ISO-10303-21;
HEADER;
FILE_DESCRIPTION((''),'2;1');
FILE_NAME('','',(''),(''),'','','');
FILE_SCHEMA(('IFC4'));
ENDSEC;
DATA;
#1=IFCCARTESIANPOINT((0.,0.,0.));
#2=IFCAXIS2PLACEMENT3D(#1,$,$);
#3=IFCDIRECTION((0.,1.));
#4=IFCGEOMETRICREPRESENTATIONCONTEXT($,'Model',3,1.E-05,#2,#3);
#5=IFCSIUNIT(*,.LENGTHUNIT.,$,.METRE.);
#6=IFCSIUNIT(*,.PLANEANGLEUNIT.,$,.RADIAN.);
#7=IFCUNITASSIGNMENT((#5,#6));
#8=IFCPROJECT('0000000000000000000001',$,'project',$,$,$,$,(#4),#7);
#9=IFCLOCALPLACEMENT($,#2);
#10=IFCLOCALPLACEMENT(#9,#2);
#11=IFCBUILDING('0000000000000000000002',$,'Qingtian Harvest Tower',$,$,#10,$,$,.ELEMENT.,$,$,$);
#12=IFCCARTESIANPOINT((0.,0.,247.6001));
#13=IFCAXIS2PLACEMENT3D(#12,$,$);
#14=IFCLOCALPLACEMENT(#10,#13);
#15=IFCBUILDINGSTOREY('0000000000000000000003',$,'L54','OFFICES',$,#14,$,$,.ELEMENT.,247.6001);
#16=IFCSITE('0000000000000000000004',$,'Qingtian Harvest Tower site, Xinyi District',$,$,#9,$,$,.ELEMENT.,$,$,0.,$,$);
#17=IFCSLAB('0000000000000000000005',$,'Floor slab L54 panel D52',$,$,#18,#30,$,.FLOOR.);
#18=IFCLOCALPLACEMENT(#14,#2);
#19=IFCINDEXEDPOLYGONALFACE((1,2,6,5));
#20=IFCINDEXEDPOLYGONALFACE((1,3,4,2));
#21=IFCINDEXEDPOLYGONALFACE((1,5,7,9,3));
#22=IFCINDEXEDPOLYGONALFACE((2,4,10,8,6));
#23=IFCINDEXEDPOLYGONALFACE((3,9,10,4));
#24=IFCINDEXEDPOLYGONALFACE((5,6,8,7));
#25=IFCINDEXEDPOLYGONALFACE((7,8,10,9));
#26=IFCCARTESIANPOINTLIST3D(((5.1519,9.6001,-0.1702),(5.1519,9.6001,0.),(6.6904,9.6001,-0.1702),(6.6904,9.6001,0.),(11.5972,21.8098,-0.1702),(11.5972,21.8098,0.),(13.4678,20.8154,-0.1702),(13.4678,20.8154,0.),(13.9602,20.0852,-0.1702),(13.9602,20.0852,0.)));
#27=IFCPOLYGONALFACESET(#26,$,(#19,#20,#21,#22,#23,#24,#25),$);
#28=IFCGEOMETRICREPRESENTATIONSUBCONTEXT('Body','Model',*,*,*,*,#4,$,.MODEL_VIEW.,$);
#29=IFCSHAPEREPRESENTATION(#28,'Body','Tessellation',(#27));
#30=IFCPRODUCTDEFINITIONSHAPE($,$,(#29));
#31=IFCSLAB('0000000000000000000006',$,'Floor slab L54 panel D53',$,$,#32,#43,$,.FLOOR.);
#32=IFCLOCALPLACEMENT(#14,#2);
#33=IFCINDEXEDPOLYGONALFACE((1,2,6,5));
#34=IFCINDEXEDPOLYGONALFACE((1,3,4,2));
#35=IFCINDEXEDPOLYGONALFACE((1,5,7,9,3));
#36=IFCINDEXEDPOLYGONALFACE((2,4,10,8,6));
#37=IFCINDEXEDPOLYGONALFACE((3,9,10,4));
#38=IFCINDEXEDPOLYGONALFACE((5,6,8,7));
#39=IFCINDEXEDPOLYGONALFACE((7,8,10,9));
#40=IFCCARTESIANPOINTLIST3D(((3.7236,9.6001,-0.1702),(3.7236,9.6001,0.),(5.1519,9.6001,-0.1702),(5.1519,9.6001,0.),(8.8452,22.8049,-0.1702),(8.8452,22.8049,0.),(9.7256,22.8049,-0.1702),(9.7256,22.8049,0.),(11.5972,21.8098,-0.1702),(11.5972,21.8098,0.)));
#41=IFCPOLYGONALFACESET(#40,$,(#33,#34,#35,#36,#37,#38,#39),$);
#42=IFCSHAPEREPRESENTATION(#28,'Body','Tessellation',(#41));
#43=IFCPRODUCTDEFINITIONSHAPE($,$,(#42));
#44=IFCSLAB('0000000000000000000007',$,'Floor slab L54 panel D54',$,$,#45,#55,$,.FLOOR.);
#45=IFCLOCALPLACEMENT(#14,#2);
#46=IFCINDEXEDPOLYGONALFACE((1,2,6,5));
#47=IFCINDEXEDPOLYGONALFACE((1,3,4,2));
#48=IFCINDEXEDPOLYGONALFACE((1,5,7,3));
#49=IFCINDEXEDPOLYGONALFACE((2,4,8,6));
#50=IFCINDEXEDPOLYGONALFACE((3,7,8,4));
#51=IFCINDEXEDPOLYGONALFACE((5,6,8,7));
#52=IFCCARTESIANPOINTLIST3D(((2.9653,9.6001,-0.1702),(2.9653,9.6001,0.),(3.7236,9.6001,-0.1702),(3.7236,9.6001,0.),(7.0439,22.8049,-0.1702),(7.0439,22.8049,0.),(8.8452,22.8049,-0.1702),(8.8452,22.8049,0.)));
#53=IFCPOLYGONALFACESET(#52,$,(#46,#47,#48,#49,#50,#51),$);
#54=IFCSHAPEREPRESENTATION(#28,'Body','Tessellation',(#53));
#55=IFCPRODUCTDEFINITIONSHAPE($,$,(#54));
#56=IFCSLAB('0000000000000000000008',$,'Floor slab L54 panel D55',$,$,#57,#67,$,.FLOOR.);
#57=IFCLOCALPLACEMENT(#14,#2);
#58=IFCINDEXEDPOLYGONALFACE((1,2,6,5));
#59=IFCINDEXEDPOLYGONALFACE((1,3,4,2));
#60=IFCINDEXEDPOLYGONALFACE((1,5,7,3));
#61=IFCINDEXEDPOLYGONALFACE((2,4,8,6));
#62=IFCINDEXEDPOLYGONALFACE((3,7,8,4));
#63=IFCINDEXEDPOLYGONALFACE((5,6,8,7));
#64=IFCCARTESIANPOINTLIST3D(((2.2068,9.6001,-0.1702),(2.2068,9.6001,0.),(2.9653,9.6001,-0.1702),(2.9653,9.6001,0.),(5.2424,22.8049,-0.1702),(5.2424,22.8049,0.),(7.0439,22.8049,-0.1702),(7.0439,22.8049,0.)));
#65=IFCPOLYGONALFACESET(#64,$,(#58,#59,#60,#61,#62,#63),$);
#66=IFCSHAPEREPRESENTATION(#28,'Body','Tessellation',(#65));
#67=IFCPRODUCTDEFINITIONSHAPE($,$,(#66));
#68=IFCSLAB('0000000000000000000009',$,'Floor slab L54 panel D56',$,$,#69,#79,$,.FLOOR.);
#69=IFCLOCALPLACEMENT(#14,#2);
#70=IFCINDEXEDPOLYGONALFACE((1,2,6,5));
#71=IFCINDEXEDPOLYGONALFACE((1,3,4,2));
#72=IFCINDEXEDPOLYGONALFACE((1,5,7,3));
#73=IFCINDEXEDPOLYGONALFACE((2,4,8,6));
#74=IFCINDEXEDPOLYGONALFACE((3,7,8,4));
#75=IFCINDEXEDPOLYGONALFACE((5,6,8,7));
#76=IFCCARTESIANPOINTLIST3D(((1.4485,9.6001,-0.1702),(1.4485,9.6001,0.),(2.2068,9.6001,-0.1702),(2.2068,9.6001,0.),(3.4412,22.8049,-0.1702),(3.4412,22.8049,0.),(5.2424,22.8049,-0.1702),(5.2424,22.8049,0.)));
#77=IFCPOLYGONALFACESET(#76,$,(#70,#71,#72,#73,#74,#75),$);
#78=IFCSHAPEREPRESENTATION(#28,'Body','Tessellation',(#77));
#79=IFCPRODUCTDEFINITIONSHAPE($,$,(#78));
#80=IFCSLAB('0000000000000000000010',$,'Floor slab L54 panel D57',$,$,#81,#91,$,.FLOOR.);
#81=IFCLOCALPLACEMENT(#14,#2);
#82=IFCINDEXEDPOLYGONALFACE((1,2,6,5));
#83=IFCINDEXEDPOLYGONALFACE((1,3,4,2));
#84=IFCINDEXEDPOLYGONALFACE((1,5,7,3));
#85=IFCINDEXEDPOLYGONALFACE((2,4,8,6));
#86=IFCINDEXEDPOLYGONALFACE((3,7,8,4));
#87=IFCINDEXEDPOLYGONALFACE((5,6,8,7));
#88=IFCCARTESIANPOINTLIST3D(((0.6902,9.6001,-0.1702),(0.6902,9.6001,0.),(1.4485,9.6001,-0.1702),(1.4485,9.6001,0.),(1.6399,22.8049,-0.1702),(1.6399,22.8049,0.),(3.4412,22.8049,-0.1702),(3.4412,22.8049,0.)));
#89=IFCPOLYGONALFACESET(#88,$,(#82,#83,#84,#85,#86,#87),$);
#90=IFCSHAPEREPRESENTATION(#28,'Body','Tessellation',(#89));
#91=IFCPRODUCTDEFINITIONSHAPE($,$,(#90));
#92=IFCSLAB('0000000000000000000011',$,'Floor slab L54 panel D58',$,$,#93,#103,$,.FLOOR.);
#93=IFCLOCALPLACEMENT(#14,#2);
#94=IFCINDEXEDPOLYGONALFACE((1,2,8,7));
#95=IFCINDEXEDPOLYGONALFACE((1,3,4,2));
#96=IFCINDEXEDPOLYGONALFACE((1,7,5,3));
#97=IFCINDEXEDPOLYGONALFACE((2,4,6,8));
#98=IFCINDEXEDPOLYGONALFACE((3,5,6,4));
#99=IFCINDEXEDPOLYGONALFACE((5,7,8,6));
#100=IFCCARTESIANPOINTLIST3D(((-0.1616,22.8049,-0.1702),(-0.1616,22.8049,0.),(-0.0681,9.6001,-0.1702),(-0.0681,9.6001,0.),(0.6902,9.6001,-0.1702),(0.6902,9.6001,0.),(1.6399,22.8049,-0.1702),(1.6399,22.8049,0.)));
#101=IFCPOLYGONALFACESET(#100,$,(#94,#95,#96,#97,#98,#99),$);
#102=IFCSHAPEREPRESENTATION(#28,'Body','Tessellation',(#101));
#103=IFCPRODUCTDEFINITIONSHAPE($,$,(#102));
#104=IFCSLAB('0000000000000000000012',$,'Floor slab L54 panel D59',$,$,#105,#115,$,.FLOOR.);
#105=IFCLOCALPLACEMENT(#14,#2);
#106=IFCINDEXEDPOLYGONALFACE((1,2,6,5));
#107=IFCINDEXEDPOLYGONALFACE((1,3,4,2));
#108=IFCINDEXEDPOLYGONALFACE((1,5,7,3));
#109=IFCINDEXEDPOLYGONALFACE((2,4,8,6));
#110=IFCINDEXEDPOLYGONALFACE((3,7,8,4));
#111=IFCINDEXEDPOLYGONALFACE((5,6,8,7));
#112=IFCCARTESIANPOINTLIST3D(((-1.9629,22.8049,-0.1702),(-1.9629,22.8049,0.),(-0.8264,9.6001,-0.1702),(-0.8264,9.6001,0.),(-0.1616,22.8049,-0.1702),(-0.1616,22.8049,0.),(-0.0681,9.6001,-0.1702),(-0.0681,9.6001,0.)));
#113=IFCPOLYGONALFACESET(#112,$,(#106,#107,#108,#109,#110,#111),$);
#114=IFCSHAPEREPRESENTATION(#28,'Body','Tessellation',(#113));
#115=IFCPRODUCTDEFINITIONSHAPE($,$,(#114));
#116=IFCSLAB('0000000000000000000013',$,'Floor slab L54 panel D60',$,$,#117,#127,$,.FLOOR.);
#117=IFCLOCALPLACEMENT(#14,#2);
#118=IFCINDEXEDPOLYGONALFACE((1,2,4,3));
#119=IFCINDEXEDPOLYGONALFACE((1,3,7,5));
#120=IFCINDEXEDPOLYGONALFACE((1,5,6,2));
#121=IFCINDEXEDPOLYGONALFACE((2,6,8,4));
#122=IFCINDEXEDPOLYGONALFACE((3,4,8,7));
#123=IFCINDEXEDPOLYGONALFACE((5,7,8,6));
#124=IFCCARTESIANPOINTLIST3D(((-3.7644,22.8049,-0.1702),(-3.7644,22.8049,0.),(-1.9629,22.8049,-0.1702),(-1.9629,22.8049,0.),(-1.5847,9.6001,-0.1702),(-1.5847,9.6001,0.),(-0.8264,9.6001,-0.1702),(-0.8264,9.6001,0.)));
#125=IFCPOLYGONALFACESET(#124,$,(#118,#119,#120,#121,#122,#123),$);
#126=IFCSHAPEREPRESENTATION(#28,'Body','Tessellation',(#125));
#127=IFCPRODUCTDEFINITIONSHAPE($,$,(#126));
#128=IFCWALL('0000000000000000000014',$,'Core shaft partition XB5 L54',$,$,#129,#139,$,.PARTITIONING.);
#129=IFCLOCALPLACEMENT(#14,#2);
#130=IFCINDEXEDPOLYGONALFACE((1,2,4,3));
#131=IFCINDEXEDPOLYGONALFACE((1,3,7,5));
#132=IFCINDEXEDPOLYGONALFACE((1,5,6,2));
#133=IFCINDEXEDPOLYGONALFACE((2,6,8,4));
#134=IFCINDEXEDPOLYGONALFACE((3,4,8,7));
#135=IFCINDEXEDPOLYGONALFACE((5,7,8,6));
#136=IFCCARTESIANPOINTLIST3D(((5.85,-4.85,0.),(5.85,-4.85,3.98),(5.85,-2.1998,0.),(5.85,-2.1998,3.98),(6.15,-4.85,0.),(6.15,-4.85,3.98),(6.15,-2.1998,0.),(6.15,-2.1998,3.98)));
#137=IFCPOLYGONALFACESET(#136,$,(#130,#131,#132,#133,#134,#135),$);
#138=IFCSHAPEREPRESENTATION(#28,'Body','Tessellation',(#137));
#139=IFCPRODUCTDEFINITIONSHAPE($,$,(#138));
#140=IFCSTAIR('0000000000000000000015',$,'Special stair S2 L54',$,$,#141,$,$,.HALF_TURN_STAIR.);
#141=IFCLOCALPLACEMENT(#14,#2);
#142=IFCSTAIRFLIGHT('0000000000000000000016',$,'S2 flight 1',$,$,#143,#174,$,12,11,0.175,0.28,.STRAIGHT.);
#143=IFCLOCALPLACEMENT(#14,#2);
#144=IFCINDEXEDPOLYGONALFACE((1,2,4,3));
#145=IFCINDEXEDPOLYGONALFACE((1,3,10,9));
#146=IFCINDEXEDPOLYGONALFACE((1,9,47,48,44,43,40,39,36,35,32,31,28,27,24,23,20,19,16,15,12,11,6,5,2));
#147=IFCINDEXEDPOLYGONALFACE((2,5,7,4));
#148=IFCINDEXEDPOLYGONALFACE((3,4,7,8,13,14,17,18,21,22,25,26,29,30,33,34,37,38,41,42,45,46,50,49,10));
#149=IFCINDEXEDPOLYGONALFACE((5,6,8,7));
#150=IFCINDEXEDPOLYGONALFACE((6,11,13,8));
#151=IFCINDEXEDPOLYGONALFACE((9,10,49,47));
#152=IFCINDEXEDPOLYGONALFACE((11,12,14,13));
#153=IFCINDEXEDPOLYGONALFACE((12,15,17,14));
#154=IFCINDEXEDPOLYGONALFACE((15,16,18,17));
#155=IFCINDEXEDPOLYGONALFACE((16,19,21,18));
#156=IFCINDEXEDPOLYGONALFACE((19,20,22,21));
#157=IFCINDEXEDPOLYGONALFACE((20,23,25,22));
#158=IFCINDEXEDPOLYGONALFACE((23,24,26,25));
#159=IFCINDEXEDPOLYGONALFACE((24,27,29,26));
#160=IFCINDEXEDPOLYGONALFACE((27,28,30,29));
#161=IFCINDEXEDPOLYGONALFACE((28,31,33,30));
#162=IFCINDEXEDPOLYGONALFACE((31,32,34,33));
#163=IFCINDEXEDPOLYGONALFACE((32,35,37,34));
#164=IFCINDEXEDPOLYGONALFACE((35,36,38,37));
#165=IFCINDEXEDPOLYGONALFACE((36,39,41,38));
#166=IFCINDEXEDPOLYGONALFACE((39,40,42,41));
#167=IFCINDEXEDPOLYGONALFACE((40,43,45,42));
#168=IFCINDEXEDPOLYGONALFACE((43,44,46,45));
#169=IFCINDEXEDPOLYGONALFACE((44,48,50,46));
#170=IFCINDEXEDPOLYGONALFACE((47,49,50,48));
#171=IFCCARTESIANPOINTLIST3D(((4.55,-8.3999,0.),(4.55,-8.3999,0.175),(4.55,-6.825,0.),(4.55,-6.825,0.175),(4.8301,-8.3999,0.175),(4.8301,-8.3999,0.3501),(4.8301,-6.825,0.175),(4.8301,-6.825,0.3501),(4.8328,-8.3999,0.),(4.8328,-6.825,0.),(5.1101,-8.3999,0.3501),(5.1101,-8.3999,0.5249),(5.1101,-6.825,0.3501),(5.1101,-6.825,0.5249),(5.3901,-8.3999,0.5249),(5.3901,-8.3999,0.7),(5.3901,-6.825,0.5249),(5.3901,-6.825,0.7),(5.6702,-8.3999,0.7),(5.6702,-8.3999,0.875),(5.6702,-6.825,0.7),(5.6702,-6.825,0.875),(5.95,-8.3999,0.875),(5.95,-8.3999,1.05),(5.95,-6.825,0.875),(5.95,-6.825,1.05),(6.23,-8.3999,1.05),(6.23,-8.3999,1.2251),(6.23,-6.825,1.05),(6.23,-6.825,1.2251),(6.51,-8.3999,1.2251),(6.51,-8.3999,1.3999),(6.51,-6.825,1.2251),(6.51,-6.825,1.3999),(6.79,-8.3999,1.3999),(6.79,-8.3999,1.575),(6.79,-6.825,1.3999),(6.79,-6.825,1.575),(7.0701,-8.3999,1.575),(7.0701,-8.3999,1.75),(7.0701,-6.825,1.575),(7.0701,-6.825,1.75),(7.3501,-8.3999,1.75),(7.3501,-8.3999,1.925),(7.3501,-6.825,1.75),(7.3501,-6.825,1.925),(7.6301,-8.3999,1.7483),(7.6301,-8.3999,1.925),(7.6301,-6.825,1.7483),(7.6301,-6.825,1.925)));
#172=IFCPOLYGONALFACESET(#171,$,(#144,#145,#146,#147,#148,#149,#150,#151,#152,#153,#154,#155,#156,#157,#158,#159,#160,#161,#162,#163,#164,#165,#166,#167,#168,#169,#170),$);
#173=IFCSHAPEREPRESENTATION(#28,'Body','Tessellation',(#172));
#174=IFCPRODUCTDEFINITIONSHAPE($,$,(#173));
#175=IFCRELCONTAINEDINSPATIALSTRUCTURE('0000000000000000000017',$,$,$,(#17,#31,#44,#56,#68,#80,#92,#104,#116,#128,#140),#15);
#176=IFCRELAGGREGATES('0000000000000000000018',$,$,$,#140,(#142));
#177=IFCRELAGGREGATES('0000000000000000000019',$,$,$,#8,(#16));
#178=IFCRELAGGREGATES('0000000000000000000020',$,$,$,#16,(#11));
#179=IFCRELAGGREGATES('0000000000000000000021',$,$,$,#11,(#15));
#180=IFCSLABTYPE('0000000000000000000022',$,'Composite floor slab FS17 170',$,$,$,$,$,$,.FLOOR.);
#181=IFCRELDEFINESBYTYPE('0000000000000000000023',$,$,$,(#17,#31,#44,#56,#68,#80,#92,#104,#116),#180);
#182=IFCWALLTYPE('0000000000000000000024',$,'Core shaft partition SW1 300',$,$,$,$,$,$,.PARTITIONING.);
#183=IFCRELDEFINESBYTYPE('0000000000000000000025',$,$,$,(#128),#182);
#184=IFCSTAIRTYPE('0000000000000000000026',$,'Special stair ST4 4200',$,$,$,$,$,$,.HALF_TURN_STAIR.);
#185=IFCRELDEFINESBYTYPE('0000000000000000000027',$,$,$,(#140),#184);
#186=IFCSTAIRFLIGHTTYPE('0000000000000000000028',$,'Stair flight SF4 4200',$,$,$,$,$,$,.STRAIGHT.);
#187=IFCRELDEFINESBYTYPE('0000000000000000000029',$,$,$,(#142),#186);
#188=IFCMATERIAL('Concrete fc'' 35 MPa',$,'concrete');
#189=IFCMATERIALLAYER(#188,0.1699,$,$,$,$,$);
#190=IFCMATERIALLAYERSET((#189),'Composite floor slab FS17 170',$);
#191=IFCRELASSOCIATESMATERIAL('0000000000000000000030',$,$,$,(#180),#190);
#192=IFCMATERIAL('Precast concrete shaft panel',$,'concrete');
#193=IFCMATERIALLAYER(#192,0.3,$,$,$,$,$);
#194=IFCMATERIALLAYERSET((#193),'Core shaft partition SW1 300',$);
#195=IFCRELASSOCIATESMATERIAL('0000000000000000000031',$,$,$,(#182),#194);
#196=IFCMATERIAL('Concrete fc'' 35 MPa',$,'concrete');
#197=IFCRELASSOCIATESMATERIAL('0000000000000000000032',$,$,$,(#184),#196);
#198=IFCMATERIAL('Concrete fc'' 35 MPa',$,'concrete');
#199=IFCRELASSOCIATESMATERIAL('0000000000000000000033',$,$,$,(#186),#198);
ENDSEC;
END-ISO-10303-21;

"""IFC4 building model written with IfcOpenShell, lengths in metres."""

from ifc_helpers import new_model, si_unit, direction, frame, frame_2d, origin, place, context, subcontext, project, spatial, polyline, rectangle, outline, extrude, material, layer, layer_set, type_object, element, aggregate, save


model = new_model("IFC4")

# Units and contexts
model_context = context("Model", 3, precision=1e-05, world=origin(), true_north=direction((0.0, 1.0)))
body_context = subcontext(model_context, "Body", "Model", "MODEL_VIEW")
ifc_project = project(units=[si_unit("LENGTHUNIT", "METRE"), si_unit("PLANEANGLEUNIT", "RADIAN")], contexts=[model_context])

# Site, building, storey
site_placement = place(None, origin())
site = spatial("IfcSite", under=ifc_project, at=site_placement, Name="Qingtian Harvest Tower site, Xinyi District", CompositionType="ELEMENT", RefElevation=0.0)
building_placement = place(site_placement, origin())
building = spatial("IfcBuilding", under=site, at=building_placement, Name="Qingtian Harvest Tower", CompositionType="ELEMENT")
storey_placement = place(building_placement, frame((0.0, 0.0, 247.6001)))
storey = spatial("IfcBuildingStorey", under=building, at=storey_placement, Name="L54", Description="OFFICES", CompositionType="ELEMENT", Elevation=247.6001)

# Slabs
ifc_material_1 = material(Name="Concrete fc' 35 MPa", Category="concrete")
ifc_layer_1 = layer(ifc_material_1, 0.1699)
ifc_layer_set_1 = layer_set([ifc_layer_1], Name="Composite floor slab FS17 170")
slab_type = type_object("IfcSlabType", Name="Composite floor slab FS17 170", PredefinedType="FLOOR", material=ifc_layer_set_1)
slab_1_placement = place(storey_placement, frame((0.0, 0.0, -0.1702)))
element("IfcSlab", 1, at=slab_1_placement, inside=storey, type_object=slab_type, Name="Floor slab L54 panel D52", PredefinedType="FLOOR", context=body_context, shape_type="SweptSolid", body=[
    extrude(outline(polyline([(6.6904, 9.6001), (5.1519, 9.6001), (11.5972, 21.8098), (13.4678, 20.8154), (13.9602, 20.0852), (6.6904, 9.6001)])), origin(), (0.0, 0.0, 1.0), 0.1702),
])
slab_2_placement = place(storey_placement, frame((0.0, 0.0, -0.1702)))
element("IfcSlab", 2, at=slab_2_placement, inside=storey, type_object=slab_type, Name="Floor slab L54 panel D53", PredefinedType="FLOOR", context=body_context, shape_type="SweptSolid", body=[
    extrude(outline(polyline([(3.7236, 9.6001), (8.8452, 22.8049), (9.7256, 22.8049), (11.5972, 21.8098), (5.1519, 9.6001), (3.7236, 9.6001)])), origin(), (0.0, 0.0, 1.0), 0.1702),
])
slab_3_placement = place(storey_placement, frame((0.0, 0.0, -0.1702)))
element("IfcSlab", 3, at=slab_3_placement, inside=storey, type_object=slab_type, Name="Floor slab L54 panel D54", PredefinedType="FLOOR", context=body_context, shape_type="SweptSolid", body=[
    extrude(outline(polyline([(2.9653, 9.6001), (7.0439, 22.8049), (8.8452, 22.8049), (3.7236, 9.6001), (2.9653, 9.6001)])), origin(), (0.0, 0.0, 1.0), 0.1702),
])
slab_4_placement = place(storey_placement, frame((0.0, 0.0, -0.1702)))
element("IfcSlab", 4, at=slab_4_placement, inside=storey, type_object=slab_type, Name="Floor slab L54 panel D55", PredefinedType="FLOOR", context=body_context, shape_type="SweptSolid", body=[
    extrude(outline(polyline([(2.2068, 9.6001), (5.2424, 22.8049), (7.0439, 22.8049), (2.9653, 9.6001), (2.2068, 9.6001)])), origin(), (0.0, 0.0, 1.0), 0.1702),
])
slab_5_placement = place(storey_placement, frame((0.0, 0.0, -0.1702)))
element("IfcSlab", 5, at=slab_5_placement, inside=storey, type_object=slab_type, Name="Floor slab L54 panel D56", PredefinedType="FLOOR", context=body_context, shape_type="SweptSolid", body=[
    extrude(outline(polyline([(1.4485, 9.6001), (3.4412, 22.8049), (5.2424, 22.8049), (2.2068, 9.6001), (1.4485, 9.6001)])), origin(), (0.0, 0.0, 1.0), 0.1702),
])
slab_6_placement = place(storey_placement, frame((0.0, 0.0, -0.1702)))
element("IfcSlab", 6, at=slab_6_placement, inside=storey, type_object=slab_type, Name="Floor slab L54 panel D57", PredefinedType="FLOOR", context=body_context, shape_type="SweptSolid", body=[
    extrude(outline(polyline([(0.6902, 9.6001), (1.6399, 22.8049), (3.4412, 22.8049), (1.4485, 9.6001), (0.6902, 9.6001)])), origin(), (0.0, 0.0, 1.0), 0.1702),
])
slab_7_placement = place(storey_placement, frame((0.0, 0.0, -0.1702)))
element("IfcSlab", 7, at=slab_7_placement, inside=storey, type_object=slab_type, Name="Floor slab L54 panel D58", PredefinedType="FLOOR", context=body_context, shape_type="SweptSolid", body=[
    extrude(outline(polyline([(-0.0681, 9.6001), (-0.1616, 22.8049), (1.6399, 22.8049), (0.6902, 9.6001), (-0.0681, 9.6001)])), origin(), (0.0, 0.0, 1.0), 0.1702),
])
slab_8_placement = place(storey_placement, frame((0.0, 0.0, -0.1702)))
element("IfcSlab", 8, at=slab_8_placement, inside=storey, type_object=slab_type, Name="Floor slab L54 panel D59", PredefinedType="FLOOR", context=body_context, shape_type="SweptSolid", body=[
    extrude(outline(polyline([(-0.8264, 9.6001), (-1.9629, 22.8049), (-0.1616, 22.8049), (-0.0681, 9.6001), (-0.8264, 9.6001)])), origin(), (0.0, 0.0, 1.0), 0.1702),
])
slab_9_placement = place(storey_placement, frame((0.0, 0.0, -0.1702)))
element("IfcSlab", 9, at=slab_9_placement, inside=storey, type_object=slab_type, Name="Floor slab L54 panel D60", PredefinedType="FLOOR", context=body_context, shape_type="SweptSolid", body=[
    extrude(outline(polyline([(-1.5847, 9.6001), (-3.7644, 22.8049), (-1.9629, 22.8049), (-0.8264, 9.6001), (-1.5847, 9.6001)])), origin(), (0.0, 0.0, 1.0), 0.1702),
])

# Wall
ifc_material_2 = material(Name="Precast concrete shaft panel", Category="concrete")
ifc_layer_2 = layer(ifc_material_2, 0.3)
ifc_layer_set_2 = layer_set([ifc_layer_2], Name="Core shaft partition SW1 300")
wall_type = type_object("IfcWallType", Name="Core shaft partition SW1 300", PredefinedType="PARTITIONING", material=ifc_layer_set_2)
wall_placement = place(storey_placement, frame((6.0, -4.8501, 0.0), z_axis=(0.0, 0.0, 1.0), x_axis=(0.0, 1.0, 0.0)))
element("IfcWall", 10, at=wall_placement, inside=storey, type_object=wall_type, Name="Core shaft partition XB5 L54", PredefinedType="PARTITIONING", context=body_context, shape_type="SweptSolid", body=[
    extrude(rectangle(XDim=2.6501, YDim=0.3, at=frame_2d((1.3252, 0.0))), origin(), (0.0, 0.0, 1.0), 3.98),
])

# Stair, stair flight
ifc_material_3 = material(Name="Concrete fc' 35 MPa", Category="concrete")
stair_type = type_object("IfcStairType", Name="Special stair ST4 4200", PredefinedType="HALF_TURN_STAIR", material=ifc_material_3)
stair_placement = place(storey_placement, origin())
stair = element("IfcStair", 11, at=stair_placement, inside=storey, type_object=stair_type, Name="Special stair S2 L54", PredefinedType="HALF_TURN_STAIR")
ifc_material_4 = material(Name="Concrete fc' 35 MPa", Category="concrete")
stair_flight_type = type_object("IfcStairFlightType", Name="Stair flight SF4 4200", PredefinedType="STRAIGHT", material=ifc_material_4)
stair_flight_1_placement = place(storey_placement, frame((4.55, -7.6125, 0.0), z_axis=(0.0, 0.0, 1.0), x_axis=(1.0, 0.0, 0.0)))
stair_flight_1 = element("IfcStairFlight", 12, at=stair_flight_1_placement, type_object=stair_flight_type, Name="S2 flight 1", NumberOfRisers=12, NumberOfTreads=11, PredefinedType="STRAIGHT", RiserHeight=0.175, TreadLength=0.28, context=body_context, shape_type="SweptSolid", body=[
    extrude(outline(polyline([(0.0, 0.0), (0.0, 0.175), (0.28, 0.175), (0.28, 0.3501), (0.5601, 0.3501), (0.5601, 0.5249), (0.8401, 0.5249), (0.8401, 0.7), (1.1201, 0.7), (1.1201, 0.875), (1.3999, 0.875), (1.3999, 1.05), (1.6799, 1.05), (1.6799, 1.2251), (1.96, 1.2251), (1.96, 1.3999), (2.24, 1.3999), (2.24, 1.575), (2.52, 1.575), (2.52, 1.75), (2.8, 1.75), (2.8, 1.925), (3.0801, 1.925), (3.0801, 2.1001), (3.0801, 1.7483), (0.2827, 0.0), (0.0, 0.0)])), frame((0.0, 0.7876, 0.0), z_axis=(0.0, -1.0, 0.0), x_axis=(1.0, 0.0, 0.0)), (0.0, 0.0, 1.0), 1.575),
])
aggregate(stair, [stair_flight_1])

save(model, "model.ifc")
